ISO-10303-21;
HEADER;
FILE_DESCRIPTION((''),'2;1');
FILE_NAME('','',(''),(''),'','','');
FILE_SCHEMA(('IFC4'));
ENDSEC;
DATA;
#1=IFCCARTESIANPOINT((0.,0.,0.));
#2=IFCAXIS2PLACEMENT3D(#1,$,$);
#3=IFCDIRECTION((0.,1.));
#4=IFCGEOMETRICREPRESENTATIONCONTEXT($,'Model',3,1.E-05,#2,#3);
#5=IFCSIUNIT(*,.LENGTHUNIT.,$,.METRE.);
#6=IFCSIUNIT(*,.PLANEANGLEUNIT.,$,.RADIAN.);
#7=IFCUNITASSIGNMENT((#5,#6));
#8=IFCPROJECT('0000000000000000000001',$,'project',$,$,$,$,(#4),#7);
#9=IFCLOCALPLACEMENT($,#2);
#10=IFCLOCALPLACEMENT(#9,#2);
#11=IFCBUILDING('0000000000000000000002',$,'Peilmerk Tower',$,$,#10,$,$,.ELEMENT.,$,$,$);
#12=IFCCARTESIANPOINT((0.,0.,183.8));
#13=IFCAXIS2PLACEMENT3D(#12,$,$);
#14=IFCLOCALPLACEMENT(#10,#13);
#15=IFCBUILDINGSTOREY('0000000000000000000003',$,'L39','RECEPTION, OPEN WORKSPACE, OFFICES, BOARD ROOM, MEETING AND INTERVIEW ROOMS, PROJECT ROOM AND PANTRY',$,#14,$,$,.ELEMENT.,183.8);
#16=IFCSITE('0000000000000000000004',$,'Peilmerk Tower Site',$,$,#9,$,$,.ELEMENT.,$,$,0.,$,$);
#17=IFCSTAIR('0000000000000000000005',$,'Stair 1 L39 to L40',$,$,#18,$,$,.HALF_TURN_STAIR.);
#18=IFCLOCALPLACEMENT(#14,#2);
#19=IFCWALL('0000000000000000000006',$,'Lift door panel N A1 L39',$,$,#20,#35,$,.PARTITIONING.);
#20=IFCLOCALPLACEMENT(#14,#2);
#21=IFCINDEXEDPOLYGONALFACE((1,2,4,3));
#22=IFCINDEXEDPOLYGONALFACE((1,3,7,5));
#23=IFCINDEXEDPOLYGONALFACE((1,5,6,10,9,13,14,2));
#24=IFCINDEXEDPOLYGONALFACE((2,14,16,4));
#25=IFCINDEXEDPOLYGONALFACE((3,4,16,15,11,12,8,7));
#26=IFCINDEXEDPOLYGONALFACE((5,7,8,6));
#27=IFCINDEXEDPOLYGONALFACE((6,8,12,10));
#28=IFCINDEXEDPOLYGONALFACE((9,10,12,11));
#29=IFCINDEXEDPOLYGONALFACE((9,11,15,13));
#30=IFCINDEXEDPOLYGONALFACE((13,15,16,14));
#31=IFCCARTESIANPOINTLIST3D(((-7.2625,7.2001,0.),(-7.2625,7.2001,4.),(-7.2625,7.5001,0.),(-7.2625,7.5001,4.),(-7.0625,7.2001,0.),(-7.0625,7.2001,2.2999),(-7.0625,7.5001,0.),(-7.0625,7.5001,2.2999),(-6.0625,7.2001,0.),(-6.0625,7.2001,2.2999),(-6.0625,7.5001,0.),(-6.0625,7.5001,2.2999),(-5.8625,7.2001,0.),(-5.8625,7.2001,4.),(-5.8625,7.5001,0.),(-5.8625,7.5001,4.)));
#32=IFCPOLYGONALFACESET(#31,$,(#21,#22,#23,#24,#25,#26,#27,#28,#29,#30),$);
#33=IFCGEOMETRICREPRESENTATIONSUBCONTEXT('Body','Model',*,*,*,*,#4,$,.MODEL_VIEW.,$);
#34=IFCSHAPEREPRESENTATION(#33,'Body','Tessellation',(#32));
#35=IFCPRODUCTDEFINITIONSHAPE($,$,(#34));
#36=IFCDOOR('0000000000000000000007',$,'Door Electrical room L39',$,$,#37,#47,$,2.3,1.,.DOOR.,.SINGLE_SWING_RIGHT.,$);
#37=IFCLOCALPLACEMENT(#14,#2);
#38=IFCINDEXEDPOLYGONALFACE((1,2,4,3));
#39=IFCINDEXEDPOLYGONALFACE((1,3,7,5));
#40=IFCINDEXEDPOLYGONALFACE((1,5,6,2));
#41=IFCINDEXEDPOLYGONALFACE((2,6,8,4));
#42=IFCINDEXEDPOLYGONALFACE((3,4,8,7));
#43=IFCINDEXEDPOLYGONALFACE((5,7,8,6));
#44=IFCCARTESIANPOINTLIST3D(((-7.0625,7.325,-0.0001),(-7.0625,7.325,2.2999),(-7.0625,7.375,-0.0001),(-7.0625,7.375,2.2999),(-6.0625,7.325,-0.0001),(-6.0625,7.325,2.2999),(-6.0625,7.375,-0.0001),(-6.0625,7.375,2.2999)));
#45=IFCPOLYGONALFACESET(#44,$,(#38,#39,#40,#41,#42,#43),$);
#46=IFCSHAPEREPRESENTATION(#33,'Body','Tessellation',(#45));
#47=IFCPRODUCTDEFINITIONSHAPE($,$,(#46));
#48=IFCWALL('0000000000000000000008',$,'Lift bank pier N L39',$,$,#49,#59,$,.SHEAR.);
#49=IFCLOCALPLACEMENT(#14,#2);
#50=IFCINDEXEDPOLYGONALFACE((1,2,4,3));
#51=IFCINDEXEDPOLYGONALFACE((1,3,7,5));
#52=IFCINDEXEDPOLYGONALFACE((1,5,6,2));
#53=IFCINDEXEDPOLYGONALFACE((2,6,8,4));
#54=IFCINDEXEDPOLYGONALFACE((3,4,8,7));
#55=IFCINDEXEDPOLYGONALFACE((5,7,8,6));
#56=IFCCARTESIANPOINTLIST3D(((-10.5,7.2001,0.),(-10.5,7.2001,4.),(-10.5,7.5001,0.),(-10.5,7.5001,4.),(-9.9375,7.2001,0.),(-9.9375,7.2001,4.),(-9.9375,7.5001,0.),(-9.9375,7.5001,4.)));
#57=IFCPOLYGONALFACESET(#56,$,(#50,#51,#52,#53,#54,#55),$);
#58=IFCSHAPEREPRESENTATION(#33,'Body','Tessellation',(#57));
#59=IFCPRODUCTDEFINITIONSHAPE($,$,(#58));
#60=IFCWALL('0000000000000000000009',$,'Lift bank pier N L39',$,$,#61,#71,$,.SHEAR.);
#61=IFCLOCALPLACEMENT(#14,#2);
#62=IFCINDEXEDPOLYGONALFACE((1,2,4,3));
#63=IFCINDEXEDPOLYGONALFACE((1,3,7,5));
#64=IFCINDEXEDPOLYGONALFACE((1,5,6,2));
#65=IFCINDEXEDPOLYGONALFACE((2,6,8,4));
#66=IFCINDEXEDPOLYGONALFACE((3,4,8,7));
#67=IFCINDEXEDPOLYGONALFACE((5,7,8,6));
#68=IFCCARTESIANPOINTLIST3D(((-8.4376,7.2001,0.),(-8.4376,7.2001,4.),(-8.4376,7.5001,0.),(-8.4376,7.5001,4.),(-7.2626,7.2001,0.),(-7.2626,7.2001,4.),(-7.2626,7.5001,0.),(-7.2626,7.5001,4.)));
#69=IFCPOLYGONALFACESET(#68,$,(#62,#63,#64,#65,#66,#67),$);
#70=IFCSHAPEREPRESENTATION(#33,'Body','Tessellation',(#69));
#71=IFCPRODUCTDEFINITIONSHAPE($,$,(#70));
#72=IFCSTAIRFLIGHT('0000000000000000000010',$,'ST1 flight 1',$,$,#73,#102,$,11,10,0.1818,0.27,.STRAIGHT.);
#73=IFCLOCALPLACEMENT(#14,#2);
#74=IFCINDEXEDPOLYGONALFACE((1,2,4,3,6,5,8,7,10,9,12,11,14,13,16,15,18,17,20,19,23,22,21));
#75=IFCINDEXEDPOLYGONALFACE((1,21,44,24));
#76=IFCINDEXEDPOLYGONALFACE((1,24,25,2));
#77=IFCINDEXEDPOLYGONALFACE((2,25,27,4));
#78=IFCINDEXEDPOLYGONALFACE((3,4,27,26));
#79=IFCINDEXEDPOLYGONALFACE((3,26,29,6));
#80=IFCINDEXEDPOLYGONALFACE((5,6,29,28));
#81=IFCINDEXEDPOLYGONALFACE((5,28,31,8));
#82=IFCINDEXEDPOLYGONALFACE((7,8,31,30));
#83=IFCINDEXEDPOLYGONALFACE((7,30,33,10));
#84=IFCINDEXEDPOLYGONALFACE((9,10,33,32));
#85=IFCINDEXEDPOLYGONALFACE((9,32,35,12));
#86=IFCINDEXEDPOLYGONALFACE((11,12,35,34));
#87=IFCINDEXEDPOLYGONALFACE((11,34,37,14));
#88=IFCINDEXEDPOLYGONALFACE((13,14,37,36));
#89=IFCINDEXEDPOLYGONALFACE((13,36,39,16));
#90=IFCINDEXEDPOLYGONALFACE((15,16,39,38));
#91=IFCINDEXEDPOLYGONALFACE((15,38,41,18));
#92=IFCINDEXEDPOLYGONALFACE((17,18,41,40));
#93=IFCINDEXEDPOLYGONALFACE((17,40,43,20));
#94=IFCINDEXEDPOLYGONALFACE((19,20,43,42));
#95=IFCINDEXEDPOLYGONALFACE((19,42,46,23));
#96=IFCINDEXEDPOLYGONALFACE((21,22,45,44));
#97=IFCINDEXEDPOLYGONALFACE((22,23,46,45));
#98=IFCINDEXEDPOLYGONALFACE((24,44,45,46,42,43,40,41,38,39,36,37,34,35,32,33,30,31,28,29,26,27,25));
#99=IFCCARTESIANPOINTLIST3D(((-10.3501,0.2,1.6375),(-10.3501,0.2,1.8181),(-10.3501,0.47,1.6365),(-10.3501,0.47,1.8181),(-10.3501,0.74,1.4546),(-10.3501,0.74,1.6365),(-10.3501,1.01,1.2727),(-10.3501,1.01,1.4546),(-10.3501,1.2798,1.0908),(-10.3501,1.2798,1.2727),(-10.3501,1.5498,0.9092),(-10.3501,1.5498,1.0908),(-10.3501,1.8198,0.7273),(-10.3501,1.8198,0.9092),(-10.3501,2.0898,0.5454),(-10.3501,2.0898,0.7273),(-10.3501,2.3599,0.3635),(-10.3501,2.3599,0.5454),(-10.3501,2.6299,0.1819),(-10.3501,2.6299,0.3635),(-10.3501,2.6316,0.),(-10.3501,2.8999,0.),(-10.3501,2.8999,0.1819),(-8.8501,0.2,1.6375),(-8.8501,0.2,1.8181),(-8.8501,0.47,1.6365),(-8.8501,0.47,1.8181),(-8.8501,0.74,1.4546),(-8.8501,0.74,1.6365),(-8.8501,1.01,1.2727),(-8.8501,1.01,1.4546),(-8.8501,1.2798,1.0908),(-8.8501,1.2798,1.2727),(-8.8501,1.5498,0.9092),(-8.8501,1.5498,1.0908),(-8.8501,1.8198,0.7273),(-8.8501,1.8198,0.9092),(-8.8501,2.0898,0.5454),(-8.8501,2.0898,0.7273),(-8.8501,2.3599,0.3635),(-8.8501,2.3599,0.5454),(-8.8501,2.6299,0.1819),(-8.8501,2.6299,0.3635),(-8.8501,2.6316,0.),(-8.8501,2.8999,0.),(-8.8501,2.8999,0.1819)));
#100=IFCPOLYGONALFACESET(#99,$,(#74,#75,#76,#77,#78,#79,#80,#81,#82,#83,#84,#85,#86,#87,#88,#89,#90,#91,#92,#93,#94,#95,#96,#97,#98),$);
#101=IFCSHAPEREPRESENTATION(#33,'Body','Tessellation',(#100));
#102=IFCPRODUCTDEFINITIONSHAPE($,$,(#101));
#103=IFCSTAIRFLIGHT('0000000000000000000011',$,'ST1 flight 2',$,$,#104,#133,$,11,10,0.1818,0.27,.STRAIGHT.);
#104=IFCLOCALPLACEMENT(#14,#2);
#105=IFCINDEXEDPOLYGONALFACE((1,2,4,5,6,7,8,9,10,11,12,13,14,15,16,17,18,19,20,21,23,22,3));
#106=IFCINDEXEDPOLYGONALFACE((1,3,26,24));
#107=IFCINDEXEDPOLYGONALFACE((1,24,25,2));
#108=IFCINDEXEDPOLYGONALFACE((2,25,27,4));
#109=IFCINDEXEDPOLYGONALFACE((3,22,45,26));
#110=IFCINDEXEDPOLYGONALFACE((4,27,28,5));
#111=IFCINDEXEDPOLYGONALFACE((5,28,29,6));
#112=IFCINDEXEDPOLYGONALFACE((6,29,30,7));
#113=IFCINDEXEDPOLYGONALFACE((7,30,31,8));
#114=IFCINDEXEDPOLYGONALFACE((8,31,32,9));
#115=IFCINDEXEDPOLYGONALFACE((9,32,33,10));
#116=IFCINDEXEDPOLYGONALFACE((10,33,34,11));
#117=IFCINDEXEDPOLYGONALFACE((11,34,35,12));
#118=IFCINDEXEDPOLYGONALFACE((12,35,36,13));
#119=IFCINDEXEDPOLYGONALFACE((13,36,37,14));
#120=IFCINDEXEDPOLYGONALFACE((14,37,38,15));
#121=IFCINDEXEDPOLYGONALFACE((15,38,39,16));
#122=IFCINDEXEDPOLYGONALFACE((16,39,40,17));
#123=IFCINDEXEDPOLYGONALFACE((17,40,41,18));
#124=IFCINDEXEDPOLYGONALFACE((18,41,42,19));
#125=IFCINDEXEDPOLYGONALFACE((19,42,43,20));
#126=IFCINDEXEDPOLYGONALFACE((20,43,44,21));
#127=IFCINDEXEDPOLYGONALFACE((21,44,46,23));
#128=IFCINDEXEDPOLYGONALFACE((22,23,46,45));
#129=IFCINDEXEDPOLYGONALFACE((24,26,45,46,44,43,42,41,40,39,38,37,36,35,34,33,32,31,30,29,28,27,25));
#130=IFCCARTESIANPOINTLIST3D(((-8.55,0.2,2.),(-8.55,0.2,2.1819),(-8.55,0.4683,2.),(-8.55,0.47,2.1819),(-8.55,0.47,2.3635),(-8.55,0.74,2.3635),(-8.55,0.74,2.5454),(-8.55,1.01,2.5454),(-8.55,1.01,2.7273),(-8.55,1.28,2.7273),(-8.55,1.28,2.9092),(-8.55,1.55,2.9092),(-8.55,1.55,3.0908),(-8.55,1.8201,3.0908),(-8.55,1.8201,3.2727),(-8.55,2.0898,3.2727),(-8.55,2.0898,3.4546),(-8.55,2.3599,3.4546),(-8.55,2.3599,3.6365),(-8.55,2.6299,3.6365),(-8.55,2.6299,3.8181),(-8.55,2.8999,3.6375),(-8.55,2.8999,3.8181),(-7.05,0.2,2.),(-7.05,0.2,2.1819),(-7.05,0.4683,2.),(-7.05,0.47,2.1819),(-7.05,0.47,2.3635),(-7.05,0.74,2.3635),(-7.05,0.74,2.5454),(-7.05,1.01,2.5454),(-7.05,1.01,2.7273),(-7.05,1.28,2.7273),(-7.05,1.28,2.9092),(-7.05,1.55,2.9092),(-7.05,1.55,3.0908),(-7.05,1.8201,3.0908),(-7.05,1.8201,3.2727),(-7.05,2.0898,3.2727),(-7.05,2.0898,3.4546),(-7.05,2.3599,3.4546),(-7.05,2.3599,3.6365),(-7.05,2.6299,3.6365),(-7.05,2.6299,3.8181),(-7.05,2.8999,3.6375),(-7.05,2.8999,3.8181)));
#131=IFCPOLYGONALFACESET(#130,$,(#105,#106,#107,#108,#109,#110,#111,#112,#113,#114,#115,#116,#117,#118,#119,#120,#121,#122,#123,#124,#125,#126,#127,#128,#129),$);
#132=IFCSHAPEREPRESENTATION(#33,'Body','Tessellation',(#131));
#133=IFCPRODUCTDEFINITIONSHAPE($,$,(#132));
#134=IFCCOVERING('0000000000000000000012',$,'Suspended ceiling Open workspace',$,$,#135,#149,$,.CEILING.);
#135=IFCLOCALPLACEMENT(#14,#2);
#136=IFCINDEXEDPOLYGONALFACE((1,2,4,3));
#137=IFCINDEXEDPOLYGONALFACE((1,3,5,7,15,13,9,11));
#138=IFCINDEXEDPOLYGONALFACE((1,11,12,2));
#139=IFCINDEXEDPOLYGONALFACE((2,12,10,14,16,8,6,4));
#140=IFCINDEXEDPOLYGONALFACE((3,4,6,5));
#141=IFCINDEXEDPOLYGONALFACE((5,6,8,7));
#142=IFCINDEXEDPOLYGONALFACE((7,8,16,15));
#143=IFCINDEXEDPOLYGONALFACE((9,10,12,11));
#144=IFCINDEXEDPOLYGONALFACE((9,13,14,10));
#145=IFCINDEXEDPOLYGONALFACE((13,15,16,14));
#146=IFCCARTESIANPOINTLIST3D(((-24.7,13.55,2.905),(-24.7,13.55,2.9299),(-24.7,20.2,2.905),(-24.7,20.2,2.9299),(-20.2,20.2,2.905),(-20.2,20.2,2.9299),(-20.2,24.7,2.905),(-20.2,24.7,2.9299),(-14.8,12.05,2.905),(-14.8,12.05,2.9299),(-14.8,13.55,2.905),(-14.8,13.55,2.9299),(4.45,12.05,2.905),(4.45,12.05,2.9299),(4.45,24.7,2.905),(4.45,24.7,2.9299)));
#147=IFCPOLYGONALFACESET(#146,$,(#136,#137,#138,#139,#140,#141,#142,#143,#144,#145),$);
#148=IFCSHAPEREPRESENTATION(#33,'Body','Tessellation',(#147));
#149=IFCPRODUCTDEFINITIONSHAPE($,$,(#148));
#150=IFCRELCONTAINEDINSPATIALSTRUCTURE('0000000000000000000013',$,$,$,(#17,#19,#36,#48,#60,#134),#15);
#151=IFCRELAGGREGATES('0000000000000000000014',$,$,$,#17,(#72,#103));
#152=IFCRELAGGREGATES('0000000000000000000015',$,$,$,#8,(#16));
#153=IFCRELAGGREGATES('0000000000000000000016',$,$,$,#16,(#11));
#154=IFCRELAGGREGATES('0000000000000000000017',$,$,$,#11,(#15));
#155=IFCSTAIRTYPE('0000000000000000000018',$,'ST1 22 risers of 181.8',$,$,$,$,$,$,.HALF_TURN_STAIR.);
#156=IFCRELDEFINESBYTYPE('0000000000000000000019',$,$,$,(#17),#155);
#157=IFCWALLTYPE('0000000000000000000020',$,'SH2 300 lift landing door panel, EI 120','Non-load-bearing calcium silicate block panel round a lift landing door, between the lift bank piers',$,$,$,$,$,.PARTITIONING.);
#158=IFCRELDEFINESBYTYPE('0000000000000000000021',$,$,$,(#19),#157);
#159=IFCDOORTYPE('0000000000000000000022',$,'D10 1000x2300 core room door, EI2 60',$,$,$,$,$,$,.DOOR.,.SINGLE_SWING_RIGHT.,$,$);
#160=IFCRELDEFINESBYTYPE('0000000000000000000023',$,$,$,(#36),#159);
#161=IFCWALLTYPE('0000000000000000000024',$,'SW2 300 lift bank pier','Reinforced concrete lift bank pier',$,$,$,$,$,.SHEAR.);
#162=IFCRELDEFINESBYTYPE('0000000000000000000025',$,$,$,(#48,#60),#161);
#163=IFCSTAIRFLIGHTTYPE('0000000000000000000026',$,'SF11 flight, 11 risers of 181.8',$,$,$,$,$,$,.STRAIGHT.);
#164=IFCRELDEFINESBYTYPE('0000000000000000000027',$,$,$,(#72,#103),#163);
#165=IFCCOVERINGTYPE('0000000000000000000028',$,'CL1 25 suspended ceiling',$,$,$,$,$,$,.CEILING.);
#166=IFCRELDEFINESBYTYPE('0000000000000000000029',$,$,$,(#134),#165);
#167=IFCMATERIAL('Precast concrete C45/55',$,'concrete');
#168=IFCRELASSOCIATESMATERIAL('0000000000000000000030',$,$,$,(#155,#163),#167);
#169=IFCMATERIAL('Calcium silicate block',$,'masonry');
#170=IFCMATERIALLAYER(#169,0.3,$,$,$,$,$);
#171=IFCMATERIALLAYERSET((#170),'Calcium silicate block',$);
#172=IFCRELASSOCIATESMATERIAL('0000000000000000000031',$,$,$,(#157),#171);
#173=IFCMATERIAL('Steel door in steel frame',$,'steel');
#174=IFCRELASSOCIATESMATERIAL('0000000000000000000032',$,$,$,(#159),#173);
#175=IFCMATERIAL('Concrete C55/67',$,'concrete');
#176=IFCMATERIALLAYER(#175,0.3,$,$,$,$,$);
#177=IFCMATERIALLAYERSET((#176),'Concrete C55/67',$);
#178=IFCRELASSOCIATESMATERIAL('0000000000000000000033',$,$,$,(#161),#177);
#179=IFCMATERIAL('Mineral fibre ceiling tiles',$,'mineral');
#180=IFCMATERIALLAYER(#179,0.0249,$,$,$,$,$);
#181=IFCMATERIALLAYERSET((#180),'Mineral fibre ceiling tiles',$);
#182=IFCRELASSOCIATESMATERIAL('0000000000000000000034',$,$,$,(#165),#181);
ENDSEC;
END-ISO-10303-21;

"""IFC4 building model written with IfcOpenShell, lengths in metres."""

from ifc_helpers import new_model, si_unit, direction, frame, frame_2d, origin, place, context, subcontext, project, spatial, polyline, rectangle, outline, extrude, material, layer, layer_set, type_object, element, fill, aggregate, save


model = new_model("IFC4")

# Units and contexts
model_context = context("Model", 3, precision=1e-05, world=origin(), true_north=direction((0.0, 1.0)))
body_context = subcontext(model_context, "Body", "Model", "MODEL_VIEW")
ifc_project = project(units=[si_unit("LENGTHUNIT", "METRE"), si_unit("PLANEANGLEUNIT", "RADIAN")], contexts=[model_context])

# Site, building, storey
site_placement = place(None, origin())
site = spatial("IfcSite", under=ifc_project, at=site_placement, Name="Peilmerk Tower Site", CompositionType="ELEMENT", RefElevation=0.0)
building_placement = place(site_placement, origin())
building = spatial("IfcBuilding", under=site, at=building_placement, Name="Peilmerk Tower", CompositionType="ELEMENT")
storey_placement = place(building_placement, frame((0.0, 0.0, 183.8)))
storey = spatial("IfcBuildingStorey", under=building, at=storey_placement, Name="L39", Description="RECEPTION, OPEN WORKSPACE, OFFICES, BOARD ROOM, MEETING AND INTERVIEW ROOMS, PROJECT ROOM AND PANTRY", CompositionType="ELEMENT", Elevation=183.8)

# Shared definitions
ifc_material_1 = material(Name="Concrete C55/67", Category="concrete")

# Stair
ifc_material_2 = material(Name="Precast concrete C45/55", Category="concrete")
stair_type_1 = type_object("IfcStairType", Name="ST1 22 risers of 181.8", PredefinedType="HALF_TURN_STAIR", material=ifc_material_2)
stair_1_placement = place(storey_placement, origin())
stair_1 = element("IfcStair", 1, at=stair_1_placement, inside=storey, type_object=stair_type_1, Name="Stair 1 L39 to L40", PredefinedType="HALF_TURN_STAIR")

# Shared definitions
ifc_material_3 = material(Name="Steel door in steel frame", Category="steel")

# Wall, opening, door
ifc_material_4 = material(Name="Calcium silicate block", Category="masonry")
ifc_layer_1 = layer(ifc_material_4, 0.3)
ifc_layer_set_1 = layer_set([ifc_layer_1], Name="Calcium silicate block")
wall_type_1 = type_object("IfcWallType", Name="SH2 300 lift landing door panel, EI 120", Description="Non-load-bearing calcium silicate block panel round a lift landing door, between the lift bank piers", PredefinedType="PARTITIONING", material=ifc_layer_set_1)
wall_1_placement = place(storey_placement, frame((-7.2625, 7.3501, 0.0), z_axis=(0.0, 0.0, 1.0), x_axis=(1.0, 0.0, 0.0)))
wall_1 = element("IfcWall", 2, at=wall_1_placement, inside=storey, type_object=wall_type_1, Name="Lift door panel N A1 L39", PredefinedType="PARTITIONING", context=body_context, shape_type="SweptSolid", body=[
    extrude(rectangle(XDim=1.3999, YDim=0.3, at=frame_2d((0.7, 0.0))), origin(), (0.0, 0.0, 1.0), 4.0),
])
opening_1_placement = place(wall_1_placement, frame((0.2, 0.0, 0.0)))
opening_1 = element("IfcOpeningElement", 3, at=opening_1_placement, cuts=wall_1, PredefinedType="OPENING", context=body_context, shape_type="SweptSolid", body=[
    extrude(rectangle(XDim=1.0, YDim=2.3, at=frame_2d((0.5, 1.1499))), frame((0.0, 0.1599, 0.0), z_axis=(0.0, -1.0, 0.0), x_axis=(1.0, 0.0, 0.0)), (0.0, 0.0, 1.0), 0.3201),
])
door_type_1 = type_object("IfcDoorType", Name="D10 1000x2300 core room door, EI2 60", OperationType="SINGLE_SWING_RIGHT", PredefinedType="DOOR", material=ifc_material_3)
door_1_placement = place(opening_1_placement, origin())
door_1 = element("IfcDoor", 4, at=door_1_placement, inside=storey, type_object=door_type_1, Name="Door Electrical room L39", OperationType="SINGLE_SWING_RIGHT", OverallHeight=2.3, OverallWidth=1.0, PredefinedType="DOOR", context=body_context, shape_type="SweptSolid", body=[
    extrude(rectangle(XDim=1.0, YDim=2.3, at=frame_2d((0.5, 1.1499))), frame((0.0, 0.0249, 0.0), z_axis=(0.0, -1.0, 0.0), x_axis=(1.0, 0.0, 0.0)), (0.0, 0.0, 1.0), 0.05),
])
fill(opening_1, door_1)

# Walls
ifc_layer_2 = layer(ifc_material_1, 0.3)
ifc_layer_set_2 = layer_set([ifc_layer_2], Name="Concrete C55/67")
wall_type_2 = type_object("IfcWallType", Name="SW2 300 lift bank pier", Description="Reinforced concrete lift bank pier", PredefinedType="SHEAR", material=ifc_layer_set_2)
wall_2_placement = place(storey_placement, frame((-10.5, 7.3501, 0.0), z_axis=(0.0, 0.0, 1.0), x_axis=(1.0, 0.0, 0.0)))
element("IfcWall", 5, at=wall_2_placement, inside=storey, type_object=wall_type_2, Name="Lift bank pier N L39", PredefinedType="SHEAR", context=body_context, shape_type="SweptSolid", body=[
    extrude(rectangle(XDim=0.5625, YDim=0.3, at=frame_2d((0.2812, 0.0))), origin(), (0.0, 0.0, 1.0), 4.0),
])
wall_3_placement = place(storey_placement, frame((-8.4375, 7.3501, 0.0), z_axis=(0.0, 0.0, 1.0), x_axis=(1.0, 0.0, 0.0)))
element("IfcWall", 6, at=wall_3_placement, inside=storey, type_object=wall_type_2, Name="Lift bank pier N L39", PredefinedType="SHEAR", context=body_context, shape_type="SweptSolid", body=[
    extrude(rectangle(XDim=1.175, YDim=0.3, at=frame_2d((0.5874, 0.0))), origin(), (0.0, 0.0, 1.0), 4.0),
])

# Stair flights
stair_flight_type = type_object("IfcStairFlightType", Name="SF11 flight, 11 risers of 181.8", PredefinedType="STRAIGHT", material=ifc_material_2)
stair_flight_1_placement = place(storey_placement, frame((-9.6001, 2.8999, 0.0), z_axis=(0.0, 0.0, 1.0), x_axis=(0.0, -1.0, 0.0)))
stair_flight_1 = element("IfcStairFlight", 7, at=stair_flight_1_placement, type_object=stair_flight_type, Name="ST1 flight 1", NumberOfRisers=11, NumberOfTreads=10, PredefinedType="STRAIGHT", RiserHeight=0.1818, TreadLength=0.27, context=body_context, shape_type="SweptSolid", body=[
    extrude(outline(polyline([(0.0, 0.0), (0.0, 0.1819), (0.27, 0.1819), (0.27, 0.3635), (0.54, 0.3635), (0.54, 0.5454), (0.8101, 0.5454), (0.8101, 0.7273), (1.0801, 0.7273), (1.0801, 0.9092), (1.3501, 0.9092), (1.3501, 1.0908), (1.6201, 1.0908), (1.6201, 1.2727), (1.8899, 1.2727), (1.8899, 1.4546), (2.1599, 1.4546), (2.1599, 1.6365), (2.4299, 1.6365), (2.4299, 1.8181), (2.7, 1.8181), (2.7, 2.0), (2.7, 1.6375), (0.2683, 0.0), (0.0, 0.0)])), frame((0.0, 0.75, 0.0), z_axis=(0.0, -1.0, 0.0), x_axis=(1.0, 0.0, 0.0)), (0.0, 0.0, 1.0), 1.5),
])
stair_flight_2_placement = place(storey_placement, frame((-7.8, 0.2, 2.0), z_axis=(0.0, 0.0, 1.0), x_axis=(0.0, 1.0, 0.0)))
stair_flight_2 = element("IfcStairFlight", 8, at=stair_flight_2_placement, type_object=stair_flight_type, Name="ST1 flight 2", NumberOfRisers=11, NumberOfTreads=10, PredefinedType="STRAIGHT", RiserHeight=0.1818, TreadLength=0.27, context=body_context, shape_type="SweptSolid", body=[
    extrude(outline(polyline([(0.0, 0.0), (0.0, 0.1819), (0.27, 0.1819), (0.27, 0.3635), (0.54, 0.3635), (0.54, 0.5454), (0.8101, 0.5454), (0.8101, 0.7273), (1.0801, 0.7273), (1.0801, 0.9092), (1.3501, 0.9092), (1.3501, 1.0908), (1.6201, 1.0908), (1.6201, 1.2727), (1.8899, 1.2727), (1.8899, 1.4546), (2.1599, 1.4546), (2.1599, 1.6365), (2.4299, 1.6365), (2.4299, 1.8181), (2.7, 1.8181), (2.7, 2.0), (2.7, 1.6375), (0.2683, 0.0), (0.0, 0.0)])), frame((0.0, 0.75, 0.0), z_axis=(0.0, -1.0, 0.0), x_axis=(1.0, 0.0, 0.0)), (0.0, 0.0, 1.0), 1.5),
])
aggregate(stair_1, [stair_flight_1, stair_flight_2])

# Covering
ifc_material_5 = material(Name="Mineral fibre ceiling tiles", Category="mineral")
ifc_layer_3 = layer(ifc_material_5, 0.0249)
ifc_layer_set_3 = layer_set([ifc_layer_3], Name="Mineral fibre ceiling tiles")
covering_type = type_object("IfcCoveringType", Name="CL1 25 suspended ceiling", PredefinedType="CEILING", material=ifc_layer_set_3)
covering_placement = place(storey_placement, frame((0.0, 0.0, 2.905)))
element("IfcCovering", 9, at=covering_placement, inside=storey, type_object=covering_type, Name="Suspended ceiling Open workspace", PredefinedType="CEILING", context=body_context, shape_type="SweptSolid", body=[
    extrude(outline(polyline([(-24.7, 20.2), (-24.7, 13.55), (-14.8, 13.55), (-14.8, 12.05), (4.45, 12.05), (4.45, 24.7), (-20.2, 24.7), (-20.2, 20.2), (-24.7, 20.2)])), origin(), (0.0, 0.0, 1.0), 0.0249),
])

save(model, "model.ifc")
